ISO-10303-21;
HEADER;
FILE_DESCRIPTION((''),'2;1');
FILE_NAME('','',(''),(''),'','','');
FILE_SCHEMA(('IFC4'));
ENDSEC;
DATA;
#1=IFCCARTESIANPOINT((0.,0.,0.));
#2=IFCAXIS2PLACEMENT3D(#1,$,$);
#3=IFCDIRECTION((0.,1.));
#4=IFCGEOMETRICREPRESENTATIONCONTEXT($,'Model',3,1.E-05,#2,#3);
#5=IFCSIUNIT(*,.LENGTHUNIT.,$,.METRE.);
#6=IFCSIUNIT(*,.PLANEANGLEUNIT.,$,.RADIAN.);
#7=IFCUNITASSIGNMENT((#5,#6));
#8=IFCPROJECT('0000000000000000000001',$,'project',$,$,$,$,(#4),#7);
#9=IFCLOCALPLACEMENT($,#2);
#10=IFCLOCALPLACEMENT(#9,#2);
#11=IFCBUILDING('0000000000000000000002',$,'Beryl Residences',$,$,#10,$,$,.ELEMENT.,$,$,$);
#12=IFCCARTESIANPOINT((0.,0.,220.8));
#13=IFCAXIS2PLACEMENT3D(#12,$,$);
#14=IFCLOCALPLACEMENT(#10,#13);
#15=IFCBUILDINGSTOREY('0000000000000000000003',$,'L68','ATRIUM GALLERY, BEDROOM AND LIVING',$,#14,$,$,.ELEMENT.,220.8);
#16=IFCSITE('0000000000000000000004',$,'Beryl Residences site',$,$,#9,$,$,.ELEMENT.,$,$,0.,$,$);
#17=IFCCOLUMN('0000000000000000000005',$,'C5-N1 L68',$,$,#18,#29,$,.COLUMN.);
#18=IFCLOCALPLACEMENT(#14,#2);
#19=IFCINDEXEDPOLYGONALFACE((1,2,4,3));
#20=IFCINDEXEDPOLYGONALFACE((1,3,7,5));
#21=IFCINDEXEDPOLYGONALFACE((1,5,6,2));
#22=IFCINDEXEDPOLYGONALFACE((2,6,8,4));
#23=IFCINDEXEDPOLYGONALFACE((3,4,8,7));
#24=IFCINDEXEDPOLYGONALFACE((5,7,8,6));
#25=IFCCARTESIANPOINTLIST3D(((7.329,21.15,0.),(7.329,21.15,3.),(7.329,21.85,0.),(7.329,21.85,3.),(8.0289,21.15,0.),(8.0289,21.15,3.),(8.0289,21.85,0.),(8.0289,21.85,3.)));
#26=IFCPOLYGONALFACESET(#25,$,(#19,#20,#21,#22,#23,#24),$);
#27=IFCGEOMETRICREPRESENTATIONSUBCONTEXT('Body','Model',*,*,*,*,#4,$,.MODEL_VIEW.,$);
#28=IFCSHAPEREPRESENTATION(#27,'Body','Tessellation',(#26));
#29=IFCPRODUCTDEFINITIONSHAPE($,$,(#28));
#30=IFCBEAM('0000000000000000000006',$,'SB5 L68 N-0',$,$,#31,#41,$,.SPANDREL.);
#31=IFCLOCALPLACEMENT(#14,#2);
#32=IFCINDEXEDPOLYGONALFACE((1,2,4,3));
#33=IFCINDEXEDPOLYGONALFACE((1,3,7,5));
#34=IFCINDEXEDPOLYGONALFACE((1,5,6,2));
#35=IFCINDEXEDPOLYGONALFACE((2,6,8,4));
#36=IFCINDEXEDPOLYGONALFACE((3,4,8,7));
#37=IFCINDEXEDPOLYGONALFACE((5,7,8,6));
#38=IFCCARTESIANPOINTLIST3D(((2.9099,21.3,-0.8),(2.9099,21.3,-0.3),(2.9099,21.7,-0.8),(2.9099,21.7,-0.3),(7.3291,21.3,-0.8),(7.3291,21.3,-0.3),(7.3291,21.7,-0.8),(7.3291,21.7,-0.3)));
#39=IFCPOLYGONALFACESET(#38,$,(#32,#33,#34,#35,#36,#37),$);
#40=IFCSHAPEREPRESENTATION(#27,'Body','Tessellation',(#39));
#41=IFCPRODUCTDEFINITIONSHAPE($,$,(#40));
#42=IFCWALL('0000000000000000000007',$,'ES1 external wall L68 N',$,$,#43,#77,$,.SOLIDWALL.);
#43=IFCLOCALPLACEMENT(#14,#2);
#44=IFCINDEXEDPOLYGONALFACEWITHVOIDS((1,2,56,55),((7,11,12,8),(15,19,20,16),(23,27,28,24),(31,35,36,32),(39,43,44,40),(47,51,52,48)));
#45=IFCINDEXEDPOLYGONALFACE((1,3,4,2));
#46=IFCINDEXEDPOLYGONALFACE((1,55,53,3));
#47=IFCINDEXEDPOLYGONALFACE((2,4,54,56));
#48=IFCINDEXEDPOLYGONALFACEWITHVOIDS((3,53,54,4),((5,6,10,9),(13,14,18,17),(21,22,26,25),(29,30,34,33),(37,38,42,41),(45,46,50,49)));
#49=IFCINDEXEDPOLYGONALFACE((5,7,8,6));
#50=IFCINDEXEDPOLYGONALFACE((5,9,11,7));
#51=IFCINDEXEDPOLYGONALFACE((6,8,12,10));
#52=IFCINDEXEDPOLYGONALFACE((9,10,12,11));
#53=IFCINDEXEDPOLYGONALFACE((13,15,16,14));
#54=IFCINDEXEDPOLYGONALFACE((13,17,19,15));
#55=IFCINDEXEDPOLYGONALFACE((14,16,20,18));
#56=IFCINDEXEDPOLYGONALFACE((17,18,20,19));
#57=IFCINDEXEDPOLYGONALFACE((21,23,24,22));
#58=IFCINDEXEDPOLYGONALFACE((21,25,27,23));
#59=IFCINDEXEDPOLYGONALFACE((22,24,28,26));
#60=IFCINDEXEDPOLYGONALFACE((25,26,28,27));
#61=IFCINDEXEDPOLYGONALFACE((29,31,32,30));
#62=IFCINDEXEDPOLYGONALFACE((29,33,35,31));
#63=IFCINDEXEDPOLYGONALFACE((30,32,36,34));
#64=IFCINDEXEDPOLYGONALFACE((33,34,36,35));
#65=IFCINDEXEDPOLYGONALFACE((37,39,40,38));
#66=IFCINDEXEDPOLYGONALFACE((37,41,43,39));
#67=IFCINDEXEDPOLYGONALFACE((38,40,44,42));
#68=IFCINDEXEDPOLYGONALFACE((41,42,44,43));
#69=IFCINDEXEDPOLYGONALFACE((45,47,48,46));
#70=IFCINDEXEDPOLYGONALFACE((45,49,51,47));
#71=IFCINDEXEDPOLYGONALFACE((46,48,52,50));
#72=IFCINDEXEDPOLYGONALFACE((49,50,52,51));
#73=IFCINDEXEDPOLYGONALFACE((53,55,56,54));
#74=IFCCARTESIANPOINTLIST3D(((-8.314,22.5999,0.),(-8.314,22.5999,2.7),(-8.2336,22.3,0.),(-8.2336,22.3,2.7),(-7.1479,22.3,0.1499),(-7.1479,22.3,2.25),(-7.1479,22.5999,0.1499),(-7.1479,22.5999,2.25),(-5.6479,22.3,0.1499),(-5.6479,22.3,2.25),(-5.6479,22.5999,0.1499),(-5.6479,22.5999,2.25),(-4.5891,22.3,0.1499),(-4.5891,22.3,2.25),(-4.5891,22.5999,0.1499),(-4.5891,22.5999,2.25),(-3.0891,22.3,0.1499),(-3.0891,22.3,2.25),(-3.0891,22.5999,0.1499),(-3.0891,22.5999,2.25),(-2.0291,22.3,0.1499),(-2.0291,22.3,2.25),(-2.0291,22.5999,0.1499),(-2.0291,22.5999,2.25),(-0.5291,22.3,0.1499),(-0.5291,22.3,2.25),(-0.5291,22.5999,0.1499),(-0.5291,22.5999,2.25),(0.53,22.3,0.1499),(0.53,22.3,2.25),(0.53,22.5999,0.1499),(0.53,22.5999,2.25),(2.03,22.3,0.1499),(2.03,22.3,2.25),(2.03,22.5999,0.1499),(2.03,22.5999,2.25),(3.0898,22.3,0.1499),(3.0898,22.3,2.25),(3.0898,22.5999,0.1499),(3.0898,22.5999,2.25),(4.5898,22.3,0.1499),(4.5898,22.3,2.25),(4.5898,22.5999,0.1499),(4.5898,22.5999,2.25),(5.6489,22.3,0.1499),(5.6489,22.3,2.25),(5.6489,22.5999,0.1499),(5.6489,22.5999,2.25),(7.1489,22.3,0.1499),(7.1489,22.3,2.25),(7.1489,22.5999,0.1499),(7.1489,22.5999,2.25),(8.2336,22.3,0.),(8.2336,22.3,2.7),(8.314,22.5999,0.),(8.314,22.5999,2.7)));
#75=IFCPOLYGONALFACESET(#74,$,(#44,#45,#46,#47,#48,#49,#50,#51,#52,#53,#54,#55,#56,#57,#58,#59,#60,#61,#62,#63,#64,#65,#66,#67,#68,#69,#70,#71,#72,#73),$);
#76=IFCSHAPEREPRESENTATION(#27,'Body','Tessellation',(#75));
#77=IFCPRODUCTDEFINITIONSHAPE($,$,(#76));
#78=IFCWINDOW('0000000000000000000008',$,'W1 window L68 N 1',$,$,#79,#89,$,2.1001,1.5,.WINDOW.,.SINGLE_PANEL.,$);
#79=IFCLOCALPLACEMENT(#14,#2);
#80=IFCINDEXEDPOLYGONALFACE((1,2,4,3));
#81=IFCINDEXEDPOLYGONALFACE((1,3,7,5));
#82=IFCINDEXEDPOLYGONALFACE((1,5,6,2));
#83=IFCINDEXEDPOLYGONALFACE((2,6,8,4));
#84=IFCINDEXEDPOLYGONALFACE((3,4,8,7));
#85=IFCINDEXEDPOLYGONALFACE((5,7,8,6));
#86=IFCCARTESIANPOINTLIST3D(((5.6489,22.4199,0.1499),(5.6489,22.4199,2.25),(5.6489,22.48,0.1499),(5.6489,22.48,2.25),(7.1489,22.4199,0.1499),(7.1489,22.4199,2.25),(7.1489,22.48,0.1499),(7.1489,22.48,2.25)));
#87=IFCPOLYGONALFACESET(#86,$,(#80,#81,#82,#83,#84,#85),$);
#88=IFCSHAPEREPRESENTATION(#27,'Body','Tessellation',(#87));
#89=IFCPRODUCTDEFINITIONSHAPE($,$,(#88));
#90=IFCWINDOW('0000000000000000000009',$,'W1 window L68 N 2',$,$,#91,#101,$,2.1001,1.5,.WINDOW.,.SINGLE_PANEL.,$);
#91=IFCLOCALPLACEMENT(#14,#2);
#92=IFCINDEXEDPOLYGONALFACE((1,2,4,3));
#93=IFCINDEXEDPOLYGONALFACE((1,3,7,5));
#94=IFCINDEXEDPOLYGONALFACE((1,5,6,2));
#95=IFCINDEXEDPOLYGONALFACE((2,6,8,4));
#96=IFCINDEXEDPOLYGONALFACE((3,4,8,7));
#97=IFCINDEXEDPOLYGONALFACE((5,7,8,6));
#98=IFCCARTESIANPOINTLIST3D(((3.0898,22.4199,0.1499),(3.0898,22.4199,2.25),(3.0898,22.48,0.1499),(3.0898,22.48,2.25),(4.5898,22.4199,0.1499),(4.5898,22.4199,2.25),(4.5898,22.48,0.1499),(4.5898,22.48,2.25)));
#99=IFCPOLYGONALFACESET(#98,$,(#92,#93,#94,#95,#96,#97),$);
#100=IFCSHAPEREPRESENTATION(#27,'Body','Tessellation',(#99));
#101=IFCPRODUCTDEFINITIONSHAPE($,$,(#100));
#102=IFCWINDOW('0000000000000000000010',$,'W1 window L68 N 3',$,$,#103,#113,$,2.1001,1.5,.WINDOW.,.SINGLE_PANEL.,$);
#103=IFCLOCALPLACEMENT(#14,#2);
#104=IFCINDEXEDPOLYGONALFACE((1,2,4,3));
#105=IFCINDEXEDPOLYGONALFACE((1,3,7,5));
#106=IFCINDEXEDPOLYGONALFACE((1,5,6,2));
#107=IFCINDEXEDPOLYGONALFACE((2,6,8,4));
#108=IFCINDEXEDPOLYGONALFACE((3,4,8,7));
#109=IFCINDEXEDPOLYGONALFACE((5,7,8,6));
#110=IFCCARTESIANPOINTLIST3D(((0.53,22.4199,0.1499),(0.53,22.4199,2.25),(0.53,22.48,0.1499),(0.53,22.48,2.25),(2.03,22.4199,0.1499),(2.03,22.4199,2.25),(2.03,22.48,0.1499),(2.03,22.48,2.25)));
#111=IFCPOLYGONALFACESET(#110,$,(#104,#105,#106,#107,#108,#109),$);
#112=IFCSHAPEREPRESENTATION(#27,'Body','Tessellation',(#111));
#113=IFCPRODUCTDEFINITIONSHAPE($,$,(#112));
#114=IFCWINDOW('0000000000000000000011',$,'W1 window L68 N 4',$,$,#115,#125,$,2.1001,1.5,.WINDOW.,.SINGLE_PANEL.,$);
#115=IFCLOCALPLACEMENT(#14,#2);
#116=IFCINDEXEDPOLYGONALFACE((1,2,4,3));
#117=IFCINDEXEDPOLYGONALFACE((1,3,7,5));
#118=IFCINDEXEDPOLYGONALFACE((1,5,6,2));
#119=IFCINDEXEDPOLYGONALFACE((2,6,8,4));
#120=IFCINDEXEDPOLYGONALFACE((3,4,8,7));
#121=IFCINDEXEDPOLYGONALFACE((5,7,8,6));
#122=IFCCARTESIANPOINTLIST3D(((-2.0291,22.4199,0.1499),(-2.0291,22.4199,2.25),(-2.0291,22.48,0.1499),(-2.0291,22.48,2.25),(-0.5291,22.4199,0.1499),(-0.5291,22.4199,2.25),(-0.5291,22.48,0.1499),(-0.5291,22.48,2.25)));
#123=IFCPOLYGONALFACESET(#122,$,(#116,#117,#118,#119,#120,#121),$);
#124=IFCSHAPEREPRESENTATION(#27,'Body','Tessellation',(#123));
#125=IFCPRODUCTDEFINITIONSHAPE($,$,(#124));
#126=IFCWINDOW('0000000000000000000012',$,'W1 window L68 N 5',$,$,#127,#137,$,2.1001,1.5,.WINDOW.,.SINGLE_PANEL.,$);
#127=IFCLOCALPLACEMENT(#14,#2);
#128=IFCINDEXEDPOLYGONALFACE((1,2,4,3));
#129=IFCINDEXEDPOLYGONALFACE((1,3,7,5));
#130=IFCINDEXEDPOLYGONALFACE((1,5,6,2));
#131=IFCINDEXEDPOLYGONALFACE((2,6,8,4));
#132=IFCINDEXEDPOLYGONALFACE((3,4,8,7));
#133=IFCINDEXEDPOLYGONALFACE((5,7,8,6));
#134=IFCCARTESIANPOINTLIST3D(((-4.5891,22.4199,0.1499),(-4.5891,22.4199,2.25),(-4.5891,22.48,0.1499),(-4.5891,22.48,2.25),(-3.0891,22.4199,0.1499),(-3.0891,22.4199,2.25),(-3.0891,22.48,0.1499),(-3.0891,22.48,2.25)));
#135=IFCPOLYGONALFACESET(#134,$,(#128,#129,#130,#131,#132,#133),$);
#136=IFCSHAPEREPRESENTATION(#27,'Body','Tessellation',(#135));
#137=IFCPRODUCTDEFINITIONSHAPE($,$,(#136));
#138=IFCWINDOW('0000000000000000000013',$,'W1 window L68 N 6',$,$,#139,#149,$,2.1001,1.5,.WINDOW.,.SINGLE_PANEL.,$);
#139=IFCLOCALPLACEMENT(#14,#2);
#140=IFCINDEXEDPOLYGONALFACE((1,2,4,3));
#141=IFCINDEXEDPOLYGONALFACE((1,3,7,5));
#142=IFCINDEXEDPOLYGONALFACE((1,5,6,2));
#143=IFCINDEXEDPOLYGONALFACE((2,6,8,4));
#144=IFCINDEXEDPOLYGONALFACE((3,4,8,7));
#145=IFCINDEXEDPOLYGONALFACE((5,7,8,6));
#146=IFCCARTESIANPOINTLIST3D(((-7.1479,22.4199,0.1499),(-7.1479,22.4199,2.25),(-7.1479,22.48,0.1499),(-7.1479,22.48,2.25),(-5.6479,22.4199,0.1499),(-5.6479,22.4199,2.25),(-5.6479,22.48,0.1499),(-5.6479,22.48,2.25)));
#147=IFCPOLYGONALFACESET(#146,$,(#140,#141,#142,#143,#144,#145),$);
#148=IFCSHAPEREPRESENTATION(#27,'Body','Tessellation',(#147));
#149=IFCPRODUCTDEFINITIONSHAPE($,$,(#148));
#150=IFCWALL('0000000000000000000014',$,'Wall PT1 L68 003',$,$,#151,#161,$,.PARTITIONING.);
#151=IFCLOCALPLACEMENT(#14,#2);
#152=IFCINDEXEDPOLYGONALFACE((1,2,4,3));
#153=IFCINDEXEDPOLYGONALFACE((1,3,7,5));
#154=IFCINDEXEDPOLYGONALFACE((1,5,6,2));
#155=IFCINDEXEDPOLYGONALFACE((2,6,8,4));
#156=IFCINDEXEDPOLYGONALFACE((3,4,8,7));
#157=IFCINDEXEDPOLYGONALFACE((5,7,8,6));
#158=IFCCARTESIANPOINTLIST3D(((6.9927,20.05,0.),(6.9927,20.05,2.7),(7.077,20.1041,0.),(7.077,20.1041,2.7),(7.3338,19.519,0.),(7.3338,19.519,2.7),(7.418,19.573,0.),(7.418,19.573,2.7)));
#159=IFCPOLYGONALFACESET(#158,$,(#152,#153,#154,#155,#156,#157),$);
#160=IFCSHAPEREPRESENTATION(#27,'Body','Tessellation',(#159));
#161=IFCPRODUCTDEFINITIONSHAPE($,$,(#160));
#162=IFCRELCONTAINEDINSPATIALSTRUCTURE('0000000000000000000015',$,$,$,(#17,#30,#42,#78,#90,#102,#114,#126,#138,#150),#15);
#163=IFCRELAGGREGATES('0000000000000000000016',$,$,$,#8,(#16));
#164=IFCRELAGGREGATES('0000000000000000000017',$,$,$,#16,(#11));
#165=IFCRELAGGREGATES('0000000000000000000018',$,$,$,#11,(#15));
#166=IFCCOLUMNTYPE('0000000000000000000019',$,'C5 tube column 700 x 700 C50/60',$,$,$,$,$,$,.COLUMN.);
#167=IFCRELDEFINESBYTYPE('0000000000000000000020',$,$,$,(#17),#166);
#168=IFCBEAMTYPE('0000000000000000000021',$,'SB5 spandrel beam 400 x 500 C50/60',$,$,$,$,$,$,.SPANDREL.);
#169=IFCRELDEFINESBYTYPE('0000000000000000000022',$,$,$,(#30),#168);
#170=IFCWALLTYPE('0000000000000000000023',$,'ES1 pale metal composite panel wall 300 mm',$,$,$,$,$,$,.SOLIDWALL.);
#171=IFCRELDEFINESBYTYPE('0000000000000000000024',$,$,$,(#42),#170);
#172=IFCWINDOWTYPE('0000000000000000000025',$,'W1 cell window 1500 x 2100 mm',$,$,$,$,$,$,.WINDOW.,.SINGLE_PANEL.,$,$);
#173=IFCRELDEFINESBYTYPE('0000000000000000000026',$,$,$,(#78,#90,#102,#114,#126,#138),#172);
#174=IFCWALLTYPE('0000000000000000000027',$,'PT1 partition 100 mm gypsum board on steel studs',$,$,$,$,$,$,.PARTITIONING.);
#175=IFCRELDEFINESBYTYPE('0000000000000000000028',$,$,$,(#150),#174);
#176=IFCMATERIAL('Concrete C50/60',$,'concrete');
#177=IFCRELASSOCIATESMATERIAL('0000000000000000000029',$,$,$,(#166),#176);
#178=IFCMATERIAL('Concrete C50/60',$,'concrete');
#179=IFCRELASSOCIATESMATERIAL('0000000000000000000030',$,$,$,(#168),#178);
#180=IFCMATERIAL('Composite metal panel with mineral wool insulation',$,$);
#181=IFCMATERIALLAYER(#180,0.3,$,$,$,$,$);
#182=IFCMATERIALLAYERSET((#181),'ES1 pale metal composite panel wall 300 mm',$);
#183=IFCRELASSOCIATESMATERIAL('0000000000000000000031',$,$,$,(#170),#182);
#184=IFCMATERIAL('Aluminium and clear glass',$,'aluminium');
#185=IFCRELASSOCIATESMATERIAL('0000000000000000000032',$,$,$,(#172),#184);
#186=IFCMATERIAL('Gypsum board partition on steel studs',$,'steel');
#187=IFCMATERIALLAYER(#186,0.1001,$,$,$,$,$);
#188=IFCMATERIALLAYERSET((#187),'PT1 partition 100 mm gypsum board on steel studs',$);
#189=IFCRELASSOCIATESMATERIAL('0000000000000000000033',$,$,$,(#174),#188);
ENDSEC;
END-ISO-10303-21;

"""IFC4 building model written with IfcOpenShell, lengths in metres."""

from ifc_helpers import new_model, si_unit, direction, frame, frame_2d, origin, origin_2d, place, context, subcontext, project, spatial, polyline, rectangle, outline, extrude, material, layer, layer_set, material_profile, profile_set, type_object, element, fill, save


model = new_model("IFC4")

# Units and contexts
model_context = context("Model", 3, precision=1e-05, world=origin(), true_north=direction((0.0, 1.0)))
body_context = subcontext(model_context, "Body", "Model", "MODEL_VIEW")
ifc_project = project(units=[si_unit("LENGTHUNIT", "METRE"), si_unit("PLANEANGLEUNIT", "RADIAN")], contexts=[model_context])

# Site, building, storey
site_placement = place(None, origin())
site = spatial("IfcSite", under=ifc_project, at=site_placement, Name="Beryl Residences site", CompositionType="ELEMENT", RefElevation=0.0)
building_placement = place(site_placement, origin())
building = spatial("IfcBuilding", under=site, at=building_placement, Name="Beryl Residences", CompositionType="ELEMENT")
storey_placement = place(building_placement, frame((0.0, 0.0, 220.8)))
storey = spatial("IfcBuildingStorey", under=building, at=storey_placement, Name="L68", Description="ATRIUM GALLERY, BEDROOM AND LIVING", CompositionType="ELEMENT", Elevation=220.8)

# Column
ifc_material_1 = material(Name="Concrete C50/60", Category="concrete")
ifc_material_profile_1 = material_profile(ifc_material_1, rectangle(XDim=0.7, YDim=0.7, at=origin_2d()))
ifc_profile_set_1 = profile_set([ifc_material_profile_1], Name="Concrete C50/60")
column_type = type_object("IfcColumnType", Name="C5 tube column 700 x 700 C50/60", PredefinedType="COLUMN", material=ifc_profile_set_1)
column_placement = place(storey_placement, frame((7.679, 21.5, 0.0), z_axis=(0.0, 0.0, 1.0), x_axis=(-1.0, 0.0, 0.0)))
element("IfcColumn", 1, at=column_placement, inside=storey, type_object=column_type, Name="C5-N1 L68", PredefinedType="COLUMN", context=body_context, shape_type="SweptSolid", body=[
    extrude(rectangle(XDim=0.7, YDim=0.7, at=origin_2d()), origin(), (0.0, 0.0, 1.0), 3.0),
])

# Beam
ifc_material_2 = material(Name="Concrete C50/60", Category="concrete")
ifc_material_profile_2 = material_profile(ifc_material_2, rectangle(XDim=0.3999, YDim=0.5, at=origin_2d()))
ifc_profile_set_2 = profile_set([ifc_material_profile_2], Name="Concrete C50/60")
beam_type = type_object("IfcBeamType", Name="SB5 spandrel beam 400 x 500 C50/60", PredefinedType="SPANDREL", material=ifc_profile_set_2)
beam_placement = place(storey_placement, frame((7.3291, 21.5, -0.55), z_axis=(-1.0, 0.0, 0.0), x_axis=(0.0, -1.0, 0.0)))
element("IfcBeam", 2, at=beam_placement, inside=storey, type_object=beam_type, Name="SB5 L68 N-0", PredefinedType="SPANDREL", context=body_context, shape_type="SweptSolid", body=[
    extrude(rectangle(XDim=0.3999, YDim=0.5, at=origin_2d()), origin(), (0.0, 0.0, 1.0), 4.4192),
])

# Wall, openings, windows
ifc_material_3 = material(Name="Composite metal panel with mineral wool insulation")
ifc_layer_1 = layer(ifc_material_3, 0.3)
ifc_layer_set_1 = layer_set([ifc_layer_1], Name="ES1 pale metal composite panel wall 300 mm")
wall_type_1 = type_object("IfcWallType", Name="ES1 pale metal composite panel wall 300 mm", PredefinedType="SOLIDWALL", material=ifc_layer_set_1)
wall_1_placement = place(storey_placement, frame((8.314, 22.45, 0.0), z_axis=(0.0, 0.0, 1.0), x_axis=(-1.0, 0.0, 0.0)))
wall_1 = element("IfcWall", 3, at=wall_1_placement, inside=storey, type_object=wall_type_1, Name="ES1 external wall L68 N", PredefinedType="SOLIDWALL", context=body_context, shape_type="SweptSolid", body=[
    extrude(outline(polyline([(0.0, -0.1499), (16.6279, -0.1499), (16.5476, 0.1499), (0.0803, 0.1499), (0.0, -0.1499)])), origin(), (0.0, 0.0, 1.0), 2.7),
])
opening_1_placement = place(wall_1_placement, frame((1.165, 0.0, 0.1499)))
opening_1 = element("IfcOpeningElement", 4, at=opening_1_placement, cuts=wall_1, PredefinedType="OPENING", context=body_context, shape_type="SweptSolid", body=[
    extrude(rectangle(XDim=1.5, YDim=2.1001, at=frame_2d((0.75, 1.05))), frame((0.0, 0.1599, 0.0), z_axis=(0.0, -1.0, 0.0), x_axis=(1.0, 0.0, 0.0)), (0.0, 0.0, 1.0), 0.3201),
])
opening_2_placement = place(wall_1_placement, frame((3.7241, 0.0, 0.1499)))
opening_2 = element("IfcOpeningElement", 5, at=opening_2_placement, cuts=wall_1, PredefinedType="OPENING", context=body_context, shape_type="SweptSolid", body=[
    extrude(rectangle(XDim=1.5, YDim=2.1001, at=frame_2d((0.75, 1.05))), frame((0.0, 0.1599, 0.0), z_axis=(0.0, -1.0, 0.0), x_axis=(1.0, 0.0, 0.0)), (0.0, 0.0, 1.0), 0.3201),
])
opening_3_placement = place(wall_1_placement, frame((6.2839, 0.0, 0.1499)))
opening_3 = element("IfcOpeningElement", 6, at=opening_3_placement, cuts=wall_1, PredefinedType="OPENING", context=body_context, shape_type="SweptSolid", body=[
    extrude(rectangle(XDim=1.5, YDim=2.1001, at=frame_2d((0.75, 1.05))), frame((0.0, 0.1599, 0.0), z_axis=(0.0, -1.0, 0.0), x_axis=(1.0, 0.0, 0.0)), (0.0, 0.0, 1.0), 0.3201),
])
opening_4_placement = place(wall_1_placement, frame((8.843, 0.0, 0.1499)))
opening_4 = element("IfcOpeningElement", 7, at=opening_4_placement, cuts=wall_1, PredefinedType="OPENING", context=body_context, shape_type="SweptSolid", body=[
    extrude(rectangle(XDim=1.5, YDim=2.1001, at=frame_2d((0.75, 1.05))), frame((0.0, 0.1599, 0.0), z_axis=(0.0, -1.0, 0.0), x_axis=(1.0, 0.0, 0.0)), (0.0, 0.0, 1.0), 0.3201),
])
opening_5_placement = place(wall_1_placement, frame((11.4031, 0.0, 0.1499)))
opening_5 = element("IfcOpeningElement", 8, at=opening_5_placement, cuts=wall_1, PredefinedType="OPENING", context=body_context, shape_type="SweptSolid", body=[
    extrude(rectangle(XDim=1.5, YDim=2.1001, at=frame_2d((0.75, 1.05))), frame((0.0, 0.1599, 0.0), z_axis=(0.0, -1.0, 0.0), x_axis=(1.0, 0.0, 0.0)), (0.0, 0.0, 1.0), 0.3201),
])
opening_6_placement = place(wall_1_placement, frame((13.9619, 0.0, 0.1499)))
opening_6 = element("IfcOpeningElement", 9, at=opening_6_placement, cuts=wall_1, PredefinedType="OPENING", context=body_context, shape_type="SweptSolid", body=[
    extrude(rectangle(XDim=1.5, YDim=2.1001, at=frame_2d((0.75, 1.05))), frame((0.0, 0.1599, 0.0), z_axis=(0.0, -1.0, 0.0), x_axis=(1.0, 0.0, 0.0)), (0.0, 0.0, 1.0), 0.3201),
])
ifc_material_4 = material(Name="Aluminium and clear glass", Category="aluminium")
window_type = type_object("IfcWindowType", Name="W1 cell window 1500 x 2100 mm", PartitioningType="SINGLE_PANEL", PredefinedType="WINDOW", material=ifc_material_4)
window_1_placement = place(opening_1_placement, origin())
window_1 = element("IfcWindow", 10, at=window_1_placement, inside=storey, type_object=window_type, Name="W1 window L68 N 1", OverallHeight=2.1001, OverallWidth=1.5, PartitioningType="SINGLE_PANEL", PredefinedType="WINDOW", context=body_context, shape_type="SweptSolid", body=[
    extrude(rectangle(XDim=1.5, YDim=2.1001, at=frame_2d((0.75, 1.05))), frame((0.0, 0.03, 0.0), z_axis=(0.0, -1.0, 0.0), x_axis=(1.0, 0.0, 0.0)), (0.0, 0.0, 1.0), 0.0601),
])
fill(opening_1, window_1)
window_2_placement = place(opening_2_placement, origin())
window_2 = element("IfcWindow", 11, at=window_2_placement, inside=storey, type_object=window_type, Name="W1 window L68 N 2", OverallHeight=2.1001, OverallWidth=1.5, PartitioningType="SINGLE_PANEL", PredefinedType="WINDOW", context=body_context, shape_type="SweptSolid", body=[
    extrude(rectangle(XDim=1.5, YDim=2.1001, at=frame_2d((0.75, 1.05))), frame((0.0, 0.03, 0.0), z_axis=(0.0, -1.0, 0.0), x_axis=(1.0, 0.0, 0.0)), (0.0, 0.0, 1.0), 0.0601),
])
fill(opening_2, window_2)
window_3_placement = place(opening_3_placement, origin())
window_3 = element("IfcWindow", 12, at=window_3_placement, inside=storey, type_object=window_type, Name="W1 window L68 N 3", OverallHeight=2.1001, OverallWidth=1.5, PartitioningType="SINGLE_PANEL", PredefinedType="WINDOW", context=body_context, shape_type="SweptSolid", body=[
    extrude(rectangle(XDim=1.5, YDim=2.1001, at=frame_2d((0.75, 1.05))), frame((0.0, 0.03, 0.0), z_axis=(0.0, -1.0, 0.0), x_axis=(1.0, 0.0, 0.0)), (0.0, 0.0, 1.0), 0.0601),
])
fill(opening_3, window_3)
window_4_placement = place(opening_4_placement, origin())
window_4 = element("IfcWindow", 13, at=window_4_placement, inside=storey, type_object=window_type, Name="W1 window L68 N 4", OverallHeight=2.1001, OverallWidth=1.5, PartitioningType="SINGLE_PANEL", PredefinedType="WINDOW", context=body_context, shape_type="SweptSolid", body=[
    extrude(rectangle(XDim=1.5, YDim=2.1001, at=frame_2d((0.75, 1.05))), frame((0.0, 0.03, 0.0), z_axis=(0.0, -1.0, 0.0), x_axis=(1.0, 0.0, 0.0)), (0.0, 0.0, 1.0), 0.0601),
])
fill(opening_4, window_4)
window_5_placement = place(opening_5_placement, origin())
window_5 = element("IfcWindow", 14, at=window_5_placement, inside=storey, type_object=window_type, Name="W1 window L68 N 5", OverallHeight=2.1001, OverallWidth=1.5, PartitioningType="SINGLE_PANEL", PredefinedType="WINDOW", context=body_context, shape_type="SweptSolid", body=[
    extrude(rectangle(XDim=1.5, YDim=2.1001, at=frame_2d((0.75, 1.05))), frame((0.0, 0.03, 0.0), z_axis=(0.0, -1.0, 0.0), x_axis=(1.0, 0.0, 0.0)), (0.0, 0.0, 1.0), 0.0601),
])
fill(opening_5, window_5)
window_6_placement = place(opening_6_placement, origin())
window_6 = element("IfcWindow", 15, at=window_6_placement, inside=storey, type_object=window_type, Name="W1 window L68 N 6", OverallHeight=2.1001, OverallWidth=1.5, PartitioningType="SINGLE_PANEL", PredefinedType="WINDOW", context=body_context, shape_type="SweptSolid", body=[
    extrude(rectangle(XDim=1.5, YDim=2.1001, at=frame_2d((0.75, 1.05))), frame((0.0, 0.03, 0.0), z_axis=(0.0, -1.0, 0.0), x_axis=(1.0, 0.0, 0.0)), (0.0, 0.0, 1.0), 0.0601),
])
fill(opening_6, window_6)

# Wall
ifc_material_5 = material(Name="Gypsum board partition on steel studs", Category="steel")
ifc_layer_2 = layer(ifc_material_5, 0.1001)
ifc_layer_set_2 = layer_set([ifc_layer_2], Name="PT1 partition 100 mm gypsum board on steel studs")
wall_type_2 = type_object("IfcWallType", Name="PT1 partition 100 mm gypsum board on steel studs", PredefinedType="PARTITIONING", material=ifc_layer_set_2)
wall_2_placement = place(storey_placement, frame((7.0349, 20.0769, 0.0), z_axis=(0.0, 0.0, 1.0), x_axis=(0.540425, -0.841392, 0.0)))
element("IfcWall", 16, at=wall_2_placement, inside=storey, type_object=wall_type_2, Name="Wall PT1 L68 003", PredefinedType="PARTITIONING", context=body_context, shape_type="SweptSolid", body=[
    extrude(rectangle(XDim=0.6311, YDim=0.1001, at=frame_2d((0.3154, 0.0))), origin(), (0.0, 0.0, 1.0), 2.7),
])

save(model, "model.ifc")
